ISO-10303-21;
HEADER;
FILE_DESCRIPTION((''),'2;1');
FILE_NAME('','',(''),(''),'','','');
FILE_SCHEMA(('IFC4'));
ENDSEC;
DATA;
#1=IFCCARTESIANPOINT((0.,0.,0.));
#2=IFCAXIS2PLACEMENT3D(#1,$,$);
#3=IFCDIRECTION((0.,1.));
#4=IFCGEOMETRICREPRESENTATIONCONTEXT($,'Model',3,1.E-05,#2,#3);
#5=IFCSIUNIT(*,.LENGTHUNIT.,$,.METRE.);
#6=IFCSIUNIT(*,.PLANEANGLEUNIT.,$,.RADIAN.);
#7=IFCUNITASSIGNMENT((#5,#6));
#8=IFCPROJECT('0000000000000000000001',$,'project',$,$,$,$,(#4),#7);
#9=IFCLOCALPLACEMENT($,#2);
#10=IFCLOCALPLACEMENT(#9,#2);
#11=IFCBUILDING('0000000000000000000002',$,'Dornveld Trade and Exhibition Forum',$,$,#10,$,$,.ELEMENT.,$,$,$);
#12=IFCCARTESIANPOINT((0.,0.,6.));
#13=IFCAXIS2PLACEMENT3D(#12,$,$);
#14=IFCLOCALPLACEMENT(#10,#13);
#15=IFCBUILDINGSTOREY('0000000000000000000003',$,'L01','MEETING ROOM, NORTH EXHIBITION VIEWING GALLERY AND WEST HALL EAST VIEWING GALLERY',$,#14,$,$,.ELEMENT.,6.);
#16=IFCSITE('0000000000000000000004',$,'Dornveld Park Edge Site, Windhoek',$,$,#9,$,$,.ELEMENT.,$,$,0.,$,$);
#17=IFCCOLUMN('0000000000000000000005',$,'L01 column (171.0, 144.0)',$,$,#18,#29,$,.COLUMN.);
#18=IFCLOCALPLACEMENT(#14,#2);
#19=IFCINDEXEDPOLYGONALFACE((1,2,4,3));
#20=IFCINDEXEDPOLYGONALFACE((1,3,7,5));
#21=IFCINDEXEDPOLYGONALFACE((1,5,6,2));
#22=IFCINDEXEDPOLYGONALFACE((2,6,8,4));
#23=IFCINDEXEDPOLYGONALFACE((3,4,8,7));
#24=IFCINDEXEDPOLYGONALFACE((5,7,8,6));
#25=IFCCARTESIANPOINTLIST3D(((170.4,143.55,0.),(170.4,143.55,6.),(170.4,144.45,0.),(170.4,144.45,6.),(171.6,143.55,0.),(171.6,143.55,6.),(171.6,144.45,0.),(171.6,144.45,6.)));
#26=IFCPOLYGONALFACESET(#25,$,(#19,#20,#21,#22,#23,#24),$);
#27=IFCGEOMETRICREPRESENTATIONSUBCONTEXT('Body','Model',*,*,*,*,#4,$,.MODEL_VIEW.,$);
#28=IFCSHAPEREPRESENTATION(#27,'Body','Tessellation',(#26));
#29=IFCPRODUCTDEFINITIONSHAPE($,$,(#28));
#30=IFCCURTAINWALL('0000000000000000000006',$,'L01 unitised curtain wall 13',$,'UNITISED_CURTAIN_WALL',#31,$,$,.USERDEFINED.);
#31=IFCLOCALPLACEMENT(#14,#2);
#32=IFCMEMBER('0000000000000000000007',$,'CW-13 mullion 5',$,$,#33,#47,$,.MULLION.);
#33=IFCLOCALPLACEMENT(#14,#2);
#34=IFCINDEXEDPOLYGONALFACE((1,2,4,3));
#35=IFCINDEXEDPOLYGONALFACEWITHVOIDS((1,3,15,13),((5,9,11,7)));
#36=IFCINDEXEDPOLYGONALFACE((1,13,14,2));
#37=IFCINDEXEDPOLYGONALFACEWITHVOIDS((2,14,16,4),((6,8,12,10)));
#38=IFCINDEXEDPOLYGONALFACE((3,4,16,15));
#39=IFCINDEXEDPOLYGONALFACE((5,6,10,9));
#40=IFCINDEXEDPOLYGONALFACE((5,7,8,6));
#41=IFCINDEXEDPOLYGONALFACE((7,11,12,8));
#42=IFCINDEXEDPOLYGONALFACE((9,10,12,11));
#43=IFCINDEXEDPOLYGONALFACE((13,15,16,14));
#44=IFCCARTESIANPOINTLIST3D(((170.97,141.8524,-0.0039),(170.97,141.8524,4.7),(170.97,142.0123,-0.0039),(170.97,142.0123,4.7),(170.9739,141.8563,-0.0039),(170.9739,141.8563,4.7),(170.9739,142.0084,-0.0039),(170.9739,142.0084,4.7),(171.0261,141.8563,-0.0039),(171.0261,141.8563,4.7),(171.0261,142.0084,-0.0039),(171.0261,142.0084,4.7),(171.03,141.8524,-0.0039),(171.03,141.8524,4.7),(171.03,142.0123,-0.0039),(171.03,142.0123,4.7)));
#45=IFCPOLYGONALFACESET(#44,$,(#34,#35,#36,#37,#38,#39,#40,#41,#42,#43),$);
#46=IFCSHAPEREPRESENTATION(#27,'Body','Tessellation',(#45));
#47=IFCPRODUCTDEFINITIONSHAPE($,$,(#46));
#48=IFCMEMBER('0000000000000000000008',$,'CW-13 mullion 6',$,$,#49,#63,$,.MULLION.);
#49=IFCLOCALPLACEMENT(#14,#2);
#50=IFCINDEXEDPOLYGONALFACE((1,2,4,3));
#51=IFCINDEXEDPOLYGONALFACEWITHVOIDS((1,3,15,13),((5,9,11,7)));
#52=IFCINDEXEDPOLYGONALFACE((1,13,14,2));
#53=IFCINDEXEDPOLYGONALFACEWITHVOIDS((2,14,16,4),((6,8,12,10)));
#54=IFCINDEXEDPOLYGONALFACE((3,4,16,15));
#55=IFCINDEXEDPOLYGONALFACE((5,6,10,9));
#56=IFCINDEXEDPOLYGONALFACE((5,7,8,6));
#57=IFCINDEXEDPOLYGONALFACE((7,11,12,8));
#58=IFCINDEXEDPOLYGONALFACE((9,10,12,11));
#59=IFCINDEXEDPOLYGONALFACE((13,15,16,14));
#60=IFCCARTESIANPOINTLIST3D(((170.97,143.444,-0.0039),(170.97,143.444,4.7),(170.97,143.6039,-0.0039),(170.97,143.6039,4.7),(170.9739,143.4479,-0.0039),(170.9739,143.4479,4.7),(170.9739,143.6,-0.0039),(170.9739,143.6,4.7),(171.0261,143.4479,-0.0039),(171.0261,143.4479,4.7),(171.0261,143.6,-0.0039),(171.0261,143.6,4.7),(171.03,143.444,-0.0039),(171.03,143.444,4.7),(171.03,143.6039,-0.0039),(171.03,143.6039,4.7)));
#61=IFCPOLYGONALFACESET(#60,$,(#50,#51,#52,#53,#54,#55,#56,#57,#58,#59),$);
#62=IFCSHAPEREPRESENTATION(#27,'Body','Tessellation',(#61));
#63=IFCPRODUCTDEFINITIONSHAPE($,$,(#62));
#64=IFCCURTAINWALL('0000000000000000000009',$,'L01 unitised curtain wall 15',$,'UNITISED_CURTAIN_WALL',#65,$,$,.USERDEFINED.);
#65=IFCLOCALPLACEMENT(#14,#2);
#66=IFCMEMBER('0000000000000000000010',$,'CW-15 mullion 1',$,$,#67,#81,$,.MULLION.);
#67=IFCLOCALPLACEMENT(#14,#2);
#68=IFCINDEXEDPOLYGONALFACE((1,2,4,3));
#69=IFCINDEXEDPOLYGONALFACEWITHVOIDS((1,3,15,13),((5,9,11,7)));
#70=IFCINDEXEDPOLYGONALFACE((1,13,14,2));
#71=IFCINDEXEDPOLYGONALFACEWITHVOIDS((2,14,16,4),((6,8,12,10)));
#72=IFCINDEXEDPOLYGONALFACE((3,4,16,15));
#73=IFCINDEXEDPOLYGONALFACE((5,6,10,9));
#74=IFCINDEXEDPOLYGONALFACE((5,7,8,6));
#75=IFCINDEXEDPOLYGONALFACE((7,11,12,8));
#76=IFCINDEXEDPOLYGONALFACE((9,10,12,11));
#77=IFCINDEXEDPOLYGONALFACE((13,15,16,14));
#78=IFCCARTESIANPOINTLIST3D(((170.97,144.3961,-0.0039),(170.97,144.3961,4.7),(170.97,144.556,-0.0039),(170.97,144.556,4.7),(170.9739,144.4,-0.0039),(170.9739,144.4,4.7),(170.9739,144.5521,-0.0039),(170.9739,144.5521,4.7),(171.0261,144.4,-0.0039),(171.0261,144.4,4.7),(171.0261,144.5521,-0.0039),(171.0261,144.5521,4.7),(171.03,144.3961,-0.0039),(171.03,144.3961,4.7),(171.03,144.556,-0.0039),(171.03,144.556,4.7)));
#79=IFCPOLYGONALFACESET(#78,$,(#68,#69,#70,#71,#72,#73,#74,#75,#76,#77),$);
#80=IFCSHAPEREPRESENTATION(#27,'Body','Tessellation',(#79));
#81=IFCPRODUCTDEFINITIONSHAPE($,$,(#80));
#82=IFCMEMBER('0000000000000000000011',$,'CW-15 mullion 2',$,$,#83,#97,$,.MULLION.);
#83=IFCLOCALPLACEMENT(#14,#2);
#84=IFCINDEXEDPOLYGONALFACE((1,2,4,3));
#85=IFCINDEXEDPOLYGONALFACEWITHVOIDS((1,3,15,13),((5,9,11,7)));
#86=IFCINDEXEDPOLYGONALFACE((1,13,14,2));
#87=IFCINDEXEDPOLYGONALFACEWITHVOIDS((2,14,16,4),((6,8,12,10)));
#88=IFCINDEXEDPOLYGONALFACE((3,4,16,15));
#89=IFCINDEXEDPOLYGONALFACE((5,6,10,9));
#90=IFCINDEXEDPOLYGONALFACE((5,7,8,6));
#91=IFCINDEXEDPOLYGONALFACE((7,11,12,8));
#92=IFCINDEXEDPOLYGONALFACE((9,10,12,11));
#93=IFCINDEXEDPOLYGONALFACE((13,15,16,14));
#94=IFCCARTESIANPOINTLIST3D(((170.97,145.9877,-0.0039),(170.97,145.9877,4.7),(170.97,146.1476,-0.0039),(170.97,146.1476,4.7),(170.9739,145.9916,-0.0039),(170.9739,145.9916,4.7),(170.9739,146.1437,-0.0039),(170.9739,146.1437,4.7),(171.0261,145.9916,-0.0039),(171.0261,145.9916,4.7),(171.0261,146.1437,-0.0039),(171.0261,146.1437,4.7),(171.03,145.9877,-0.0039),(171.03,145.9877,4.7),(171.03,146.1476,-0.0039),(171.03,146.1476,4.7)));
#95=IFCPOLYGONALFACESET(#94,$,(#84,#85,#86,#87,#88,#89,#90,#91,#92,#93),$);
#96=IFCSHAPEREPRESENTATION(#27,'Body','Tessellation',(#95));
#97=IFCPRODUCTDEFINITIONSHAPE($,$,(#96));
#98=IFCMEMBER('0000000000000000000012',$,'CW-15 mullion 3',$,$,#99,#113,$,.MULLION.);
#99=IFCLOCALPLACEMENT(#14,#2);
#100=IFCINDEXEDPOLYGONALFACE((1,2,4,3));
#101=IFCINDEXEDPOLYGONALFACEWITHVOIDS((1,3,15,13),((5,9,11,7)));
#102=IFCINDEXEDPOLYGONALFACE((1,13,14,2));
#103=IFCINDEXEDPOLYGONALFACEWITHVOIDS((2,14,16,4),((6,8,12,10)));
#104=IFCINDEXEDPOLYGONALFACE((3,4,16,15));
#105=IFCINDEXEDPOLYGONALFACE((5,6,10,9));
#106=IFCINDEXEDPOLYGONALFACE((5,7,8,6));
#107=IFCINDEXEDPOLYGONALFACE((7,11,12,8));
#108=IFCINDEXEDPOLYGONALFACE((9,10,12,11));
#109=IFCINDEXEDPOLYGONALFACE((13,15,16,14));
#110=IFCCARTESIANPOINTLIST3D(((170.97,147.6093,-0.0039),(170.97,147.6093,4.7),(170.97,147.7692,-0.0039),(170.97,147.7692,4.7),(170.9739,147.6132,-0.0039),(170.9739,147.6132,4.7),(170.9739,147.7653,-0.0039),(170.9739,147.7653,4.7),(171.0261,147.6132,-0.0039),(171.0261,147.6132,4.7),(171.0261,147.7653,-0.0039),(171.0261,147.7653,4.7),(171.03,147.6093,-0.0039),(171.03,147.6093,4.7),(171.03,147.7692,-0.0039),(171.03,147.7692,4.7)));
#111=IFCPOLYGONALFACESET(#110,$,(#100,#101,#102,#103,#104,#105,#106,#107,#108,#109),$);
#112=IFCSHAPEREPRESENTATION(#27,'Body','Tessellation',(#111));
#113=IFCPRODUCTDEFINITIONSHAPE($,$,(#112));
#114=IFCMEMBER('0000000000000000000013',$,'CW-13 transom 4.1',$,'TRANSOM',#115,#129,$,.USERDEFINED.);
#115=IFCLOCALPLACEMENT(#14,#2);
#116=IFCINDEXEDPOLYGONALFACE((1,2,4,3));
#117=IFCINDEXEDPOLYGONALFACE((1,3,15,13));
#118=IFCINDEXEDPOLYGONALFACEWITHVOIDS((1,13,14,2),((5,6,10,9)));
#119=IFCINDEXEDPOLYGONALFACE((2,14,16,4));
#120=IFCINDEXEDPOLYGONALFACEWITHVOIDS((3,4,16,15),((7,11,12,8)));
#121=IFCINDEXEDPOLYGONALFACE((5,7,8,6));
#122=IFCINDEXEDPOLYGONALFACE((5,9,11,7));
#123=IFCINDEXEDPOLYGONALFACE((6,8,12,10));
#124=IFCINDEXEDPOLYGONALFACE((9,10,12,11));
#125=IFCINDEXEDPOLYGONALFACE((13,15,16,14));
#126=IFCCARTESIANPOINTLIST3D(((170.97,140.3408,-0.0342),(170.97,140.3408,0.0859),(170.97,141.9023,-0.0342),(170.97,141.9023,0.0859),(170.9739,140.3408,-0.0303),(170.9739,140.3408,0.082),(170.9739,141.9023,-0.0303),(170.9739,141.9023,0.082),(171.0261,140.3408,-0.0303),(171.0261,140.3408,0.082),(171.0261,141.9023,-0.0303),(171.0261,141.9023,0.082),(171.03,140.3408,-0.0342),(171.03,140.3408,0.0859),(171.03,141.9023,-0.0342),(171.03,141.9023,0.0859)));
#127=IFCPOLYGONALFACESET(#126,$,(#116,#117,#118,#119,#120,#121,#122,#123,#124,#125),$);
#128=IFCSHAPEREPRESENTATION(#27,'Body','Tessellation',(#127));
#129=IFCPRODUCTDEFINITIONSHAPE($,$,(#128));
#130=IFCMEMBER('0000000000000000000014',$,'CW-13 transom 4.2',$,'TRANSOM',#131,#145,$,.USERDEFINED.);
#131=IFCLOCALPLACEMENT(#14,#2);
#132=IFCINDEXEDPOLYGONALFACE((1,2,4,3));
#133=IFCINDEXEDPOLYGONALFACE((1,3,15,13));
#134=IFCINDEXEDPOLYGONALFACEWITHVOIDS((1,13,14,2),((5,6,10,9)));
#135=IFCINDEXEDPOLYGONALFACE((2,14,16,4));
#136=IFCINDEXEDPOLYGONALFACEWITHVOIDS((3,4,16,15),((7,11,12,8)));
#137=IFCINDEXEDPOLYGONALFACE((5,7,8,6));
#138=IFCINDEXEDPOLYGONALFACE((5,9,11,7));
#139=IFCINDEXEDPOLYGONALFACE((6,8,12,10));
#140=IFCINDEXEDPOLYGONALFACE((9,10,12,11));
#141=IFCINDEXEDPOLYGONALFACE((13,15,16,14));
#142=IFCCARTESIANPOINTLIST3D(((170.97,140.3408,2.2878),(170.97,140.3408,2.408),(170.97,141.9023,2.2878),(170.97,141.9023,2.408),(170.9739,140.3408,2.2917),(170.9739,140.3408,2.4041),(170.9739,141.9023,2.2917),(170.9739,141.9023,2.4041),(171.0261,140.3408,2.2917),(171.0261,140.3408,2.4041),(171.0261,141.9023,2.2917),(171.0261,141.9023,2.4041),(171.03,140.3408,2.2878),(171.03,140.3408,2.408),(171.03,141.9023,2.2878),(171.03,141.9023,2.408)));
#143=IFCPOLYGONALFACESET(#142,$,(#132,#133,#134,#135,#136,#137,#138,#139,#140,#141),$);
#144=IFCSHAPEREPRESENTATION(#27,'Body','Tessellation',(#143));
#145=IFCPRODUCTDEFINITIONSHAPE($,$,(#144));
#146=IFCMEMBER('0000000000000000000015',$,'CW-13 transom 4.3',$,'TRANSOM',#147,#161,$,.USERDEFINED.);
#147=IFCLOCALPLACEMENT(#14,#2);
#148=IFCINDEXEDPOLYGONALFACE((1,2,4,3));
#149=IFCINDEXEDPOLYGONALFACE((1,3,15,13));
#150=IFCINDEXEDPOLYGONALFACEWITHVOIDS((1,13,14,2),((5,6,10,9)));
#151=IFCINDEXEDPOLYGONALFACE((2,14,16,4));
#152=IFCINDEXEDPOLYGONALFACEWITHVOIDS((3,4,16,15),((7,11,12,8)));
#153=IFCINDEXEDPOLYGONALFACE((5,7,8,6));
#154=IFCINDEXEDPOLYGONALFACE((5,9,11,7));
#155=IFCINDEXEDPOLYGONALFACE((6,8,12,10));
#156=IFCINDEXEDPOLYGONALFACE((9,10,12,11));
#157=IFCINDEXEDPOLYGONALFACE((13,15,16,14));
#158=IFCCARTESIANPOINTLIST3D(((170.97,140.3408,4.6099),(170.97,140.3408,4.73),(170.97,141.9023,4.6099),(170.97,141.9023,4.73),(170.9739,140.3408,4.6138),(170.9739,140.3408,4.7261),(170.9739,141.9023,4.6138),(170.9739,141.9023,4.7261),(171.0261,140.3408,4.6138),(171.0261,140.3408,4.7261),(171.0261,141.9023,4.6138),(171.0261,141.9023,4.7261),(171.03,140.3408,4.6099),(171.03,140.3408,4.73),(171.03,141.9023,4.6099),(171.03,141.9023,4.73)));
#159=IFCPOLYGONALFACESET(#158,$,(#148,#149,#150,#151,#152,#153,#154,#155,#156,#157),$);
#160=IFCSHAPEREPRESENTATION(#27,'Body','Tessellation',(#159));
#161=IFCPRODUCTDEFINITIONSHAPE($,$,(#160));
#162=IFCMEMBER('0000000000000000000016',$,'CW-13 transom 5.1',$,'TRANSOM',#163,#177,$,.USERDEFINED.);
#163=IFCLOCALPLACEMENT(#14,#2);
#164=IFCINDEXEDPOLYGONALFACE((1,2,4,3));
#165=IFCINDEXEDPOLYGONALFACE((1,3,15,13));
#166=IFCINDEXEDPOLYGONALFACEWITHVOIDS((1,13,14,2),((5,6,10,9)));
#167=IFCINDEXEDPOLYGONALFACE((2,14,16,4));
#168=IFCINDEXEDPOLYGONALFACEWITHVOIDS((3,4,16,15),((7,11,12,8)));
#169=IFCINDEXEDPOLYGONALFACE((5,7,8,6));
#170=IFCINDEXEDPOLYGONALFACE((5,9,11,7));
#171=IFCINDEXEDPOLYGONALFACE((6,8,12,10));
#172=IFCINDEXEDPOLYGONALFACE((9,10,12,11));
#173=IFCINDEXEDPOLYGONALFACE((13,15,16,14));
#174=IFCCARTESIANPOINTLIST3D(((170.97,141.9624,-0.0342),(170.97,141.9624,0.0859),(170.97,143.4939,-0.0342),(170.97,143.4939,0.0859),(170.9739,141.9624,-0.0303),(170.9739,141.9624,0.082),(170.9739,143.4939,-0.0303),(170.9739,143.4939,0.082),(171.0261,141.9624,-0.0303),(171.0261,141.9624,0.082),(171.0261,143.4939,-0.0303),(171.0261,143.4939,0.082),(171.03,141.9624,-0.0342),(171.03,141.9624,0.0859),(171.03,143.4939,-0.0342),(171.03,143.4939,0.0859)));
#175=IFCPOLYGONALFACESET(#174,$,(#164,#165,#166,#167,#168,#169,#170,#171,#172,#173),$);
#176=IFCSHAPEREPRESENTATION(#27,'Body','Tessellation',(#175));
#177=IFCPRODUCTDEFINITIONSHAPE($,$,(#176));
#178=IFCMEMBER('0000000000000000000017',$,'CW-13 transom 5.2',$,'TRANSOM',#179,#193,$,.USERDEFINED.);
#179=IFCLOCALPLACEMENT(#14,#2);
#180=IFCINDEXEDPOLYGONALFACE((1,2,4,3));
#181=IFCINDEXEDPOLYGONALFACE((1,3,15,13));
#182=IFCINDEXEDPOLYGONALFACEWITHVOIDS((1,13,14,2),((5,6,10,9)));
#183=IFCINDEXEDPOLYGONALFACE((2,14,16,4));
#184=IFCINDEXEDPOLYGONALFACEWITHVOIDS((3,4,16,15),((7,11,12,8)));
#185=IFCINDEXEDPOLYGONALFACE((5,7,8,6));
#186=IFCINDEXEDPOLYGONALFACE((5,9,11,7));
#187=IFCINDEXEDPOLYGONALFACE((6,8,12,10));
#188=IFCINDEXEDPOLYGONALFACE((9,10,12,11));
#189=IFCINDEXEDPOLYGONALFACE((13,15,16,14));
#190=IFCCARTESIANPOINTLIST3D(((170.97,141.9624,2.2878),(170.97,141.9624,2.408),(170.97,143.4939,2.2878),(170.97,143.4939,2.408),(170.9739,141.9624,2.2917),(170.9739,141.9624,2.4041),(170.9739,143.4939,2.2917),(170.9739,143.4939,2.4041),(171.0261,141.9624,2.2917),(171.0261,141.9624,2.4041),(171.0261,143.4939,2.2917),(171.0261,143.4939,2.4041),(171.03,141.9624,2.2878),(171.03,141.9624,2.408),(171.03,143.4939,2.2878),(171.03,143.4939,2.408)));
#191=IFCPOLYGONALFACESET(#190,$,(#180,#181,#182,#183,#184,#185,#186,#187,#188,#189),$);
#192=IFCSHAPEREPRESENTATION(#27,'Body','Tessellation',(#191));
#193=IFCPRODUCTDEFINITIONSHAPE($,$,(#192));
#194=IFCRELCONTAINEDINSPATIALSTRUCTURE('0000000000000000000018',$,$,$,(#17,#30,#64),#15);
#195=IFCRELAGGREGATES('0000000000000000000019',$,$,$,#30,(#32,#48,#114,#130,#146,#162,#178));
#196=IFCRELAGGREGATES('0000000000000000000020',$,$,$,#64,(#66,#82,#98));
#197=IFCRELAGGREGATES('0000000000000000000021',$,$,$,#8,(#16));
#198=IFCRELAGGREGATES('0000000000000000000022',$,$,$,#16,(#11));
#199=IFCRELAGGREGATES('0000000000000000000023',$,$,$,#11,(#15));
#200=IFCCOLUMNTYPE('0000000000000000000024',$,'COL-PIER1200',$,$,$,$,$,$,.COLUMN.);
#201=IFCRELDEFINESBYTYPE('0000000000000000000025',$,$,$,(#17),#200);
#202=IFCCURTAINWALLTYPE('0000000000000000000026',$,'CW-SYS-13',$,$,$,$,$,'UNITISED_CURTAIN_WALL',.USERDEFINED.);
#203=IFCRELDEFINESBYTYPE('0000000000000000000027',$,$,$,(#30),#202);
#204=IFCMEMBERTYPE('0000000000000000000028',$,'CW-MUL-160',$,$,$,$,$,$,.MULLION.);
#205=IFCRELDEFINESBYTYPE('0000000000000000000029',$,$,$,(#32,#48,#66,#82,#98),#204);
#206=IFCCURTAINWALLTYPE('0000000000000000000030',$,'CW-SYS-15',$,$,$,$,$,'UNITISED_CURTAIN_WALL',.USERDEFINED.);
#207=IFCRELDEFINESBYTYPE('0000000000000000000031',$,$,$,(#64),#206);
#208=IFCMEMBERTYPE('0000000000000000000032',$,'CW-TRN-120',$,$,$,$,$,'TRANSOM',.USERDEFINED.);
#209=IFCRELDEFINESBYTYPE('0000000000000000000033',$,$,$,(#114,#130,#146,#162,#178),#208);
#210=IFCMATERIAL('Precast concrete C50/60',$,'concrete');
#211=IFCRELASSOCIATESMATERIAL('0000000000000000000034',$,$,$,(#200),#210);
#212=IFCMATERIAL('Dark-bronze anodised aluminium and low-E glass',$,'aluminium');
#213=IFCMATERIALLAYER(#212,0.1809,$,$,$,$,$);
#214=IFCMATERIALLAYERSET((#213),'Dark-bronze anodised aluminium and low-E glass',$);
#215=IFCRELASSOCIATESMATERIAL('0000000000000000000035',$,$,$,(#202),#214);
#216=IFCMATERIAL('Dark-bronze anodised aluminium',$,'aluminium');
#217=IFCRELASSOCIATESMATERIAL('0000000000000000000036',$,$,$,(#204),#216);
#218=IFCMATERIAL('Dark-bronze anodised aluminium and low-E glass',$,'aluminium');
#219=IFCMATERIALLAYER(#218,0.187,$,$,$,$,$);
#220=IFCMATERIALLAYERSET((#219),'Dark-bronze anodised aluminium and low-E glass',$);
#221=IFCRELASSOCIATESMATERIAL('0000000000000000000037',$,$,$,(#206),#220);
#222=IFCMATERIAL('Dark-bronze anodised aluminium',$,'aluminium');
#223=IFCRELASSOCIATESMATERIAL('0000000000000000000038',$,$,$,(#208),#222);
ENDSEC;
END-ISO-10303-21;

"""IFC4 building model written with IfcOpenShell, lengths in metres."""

from ifc_helpers import new_model, si_unit, direction, frame, origin, origin_2d, place, context, subcontext, project, spatial, rectangle, hollow_rectangle, extrude, material, layer, layer_set, material_profile, profile_set, type_object, element, aggregate, save


model = new_model("IFC4")

# Units and contexts
model_context = context("Model", 3, precision=1e-05, world=origin(), true_north=direction((0.0, 1.0)))
body_context = subcontext(model_context, "Body", "Model", "MODEL_VIEW")
ifc_project = project(units=[si_unit("LENGTHUNIT", "METRE"), si_unit("PLANEANGLEUNIT", "RADIAN")], contexts=[model_context])

# Site, building, storey
site_placement = place(None, origin())
site = spatial("IfcSite", under=ifc_project, at=site_placement, Name="Dornveld Park Edge Site, Windhoek", CompositionType="ELEMENT", RefElevation=0.0)
building_placement = place(site_placement, origin())
building = spatial("IfcBuilding", under=site, at=building_placement, Name="Dornveld Trade and Exhibition Forum", CompositionType="ELEMENT")
storey_placement = place(building_placement, frame((0.0, 0.0, 6.0)))
storey = spatial("IfcBuildingStorey", under=building, at=storey_placement, Name="L01", Description="MEETING ROOM, NORTH EXHIBITION VIEWING GALLERY AND WEST HALL EAST VIEWING GALLERY", CompositionType="ELEMENT", Elevation=6.0)

# Column
ifc_material_1 = material(Name="Precast concrete C50/60", Category="concrete")
ifc_material_profile_1 = material_profile(ifc_material_1, rectangle(XDim=1.2, YDim=0.8999, at=origin_2d()), Name="PC-PIER 1200x900")
ifc_profile_set_1 = profile_set([ifc_material_profile_1], Name="Precast concrete C50/60")
column_type = type_object("IfcColumnType", Name="COL-PIER1200", PredefinedType="COLUMN", material=ifc_profile_set_1)
column_placement = place(storey_placement, frame((171.0, 144.0, 0.0), z_axis=(0.0, 0.0, 1.0), x_axis=(1.0, 0.0, 0.0)))
element("IfcColumn", 1, at=column_placement, inside=storey, type_object=column_type, Name="L01 column (171.0, 144.0)", PredefinedType="COLUMN", context=body_context, shape_type="SweptSolid", body=[
    extrude(rectangle(XDim=1.2, YDim=0.8999, at=origin_2d()), origin(), (0.0, 0.0, 1.0), 6.0),
])

# Curtain walls, members
ifc_material_2 = material(Name="Dark-bronze anodised aluminium and low-E glass", Category="aluminium")
ifc_layer_1 = layer(ifc_material_2, 0.1809)
ifc_layer_set_1 = layer_set([ifc_layer_1], Name="Dark-bronze anodised aluminium and low-E glass")
curtain_wall_type_1 = type_object("IfcCurtainWallType", Name="CW-SYS-13", ElementType="UNITISED_CURTAIN_WALL", PredefinedType="USERDEFINED", material=ifc_layer_set_1)
curtain_wall_1_placement = place(storey_placement, origin())
curtain_wall_1 = element("IfcCurtainWall", 2, at=curtain_wall_1_placement, inside=storey, type_object=curtain_wall_type_1, Name="L01 unitised curtain wall 13", ObjectType="UNITISED_CURTAIN_WALL", PredefinedType="USERDEFINED")
ifc_material_3 = material(Name="Dark-bronze anodised aluminium", Category="aluminium")
ifc_material_profile_2 = material_profile(ifc_material_3, hollow_rectangle(XDim=0.0601, YDim=0.1599, WallThickness=0.0039, at=origin_2d()), Name="RHS 160x60x4")
ifc_profile_set_2 = profile_set([ifc_material_profile_2], Name="Dark-bronze anodised aluminium")
member_type_1 = type_object("IfcMemberType", Name="CW-MUL-160", PredefinedType="MULLION", material=ifc_profile_set_2)
member_1_placement = place(storey_placement, frame((171.0, 141.9324, -0.0039), z_axis=(0.0, 0.0, 1.0), x_axis=(-1.0, 0.0, 0.0)))
member_1 = element("IfcMember", 3, at=member_1_placement, type_object=member_type_1, Name="CW-13 mullion 5", PredefinedType="MULLION", context=body_context, shape_type="SweptSolid", body=[
    extrude(hollow_rectangle(XDim=0.0601, YDim=0.1599, WallThickness=0.0039, at=origin_2d()), origin(), (0.0, 0.0, 1.0), 4.7039),
])
member_2_placement = place(storey_placement, frame((171.0, 143.5239, -0.0039), z_axis=(0.0, 0.0, 1.0), x_axis=(-1.0, 0.0, 0.0)))
member_2 = element("IfcMember", 4, at=member_2_placement, type_object=member_type_1, Name="CW-13 mullion 6", PredefinedType="MULLION", context=body_context, shape_type="SweptSolid", body=[
    extrude(hollow_rectangle(XDim=0.0601, YDim=0.1599, WallThickness=0.0039, at=origin_2d()), origin(), (0.0, 0.0, 1.0), 4.7039),
])
ifc_material_4 = material(Name="Dark-bronze anodised aluminium and low-E glass", Category="aluminium")
ifc_layer_2 = layer(ifc_material_4, 0.187)
ifc_layer_set_2 = layer_set([ifc_layer_2], Name="Dark-bronze anodised aluminium and low-E glass")
curtain_wall_type_2 = type_object("IfcCurtainWallType", Name="CW-SYS-15", ElementType="UNITISED_CURTAIN_WALL", PredefinedType="USERDEFINED", material=ifc_layer_set_2)
curtain_wall_2_placement = place(storey_placement, origin())
curtain_wall_2 = element("IfcCurtainWall", 5, at=curtain_wall_2_placement, inside=storey, type_object=curtain_wall_type_2, Name="L01 unitised curtain wall 15", ObjectType="UNITISED_CURTAIN_WALL", PredefinedType="USERDEFINED")
member_3_placement = place(storey_placement, frame((171.0, 144.4761, -0.0039), z_axis=(0.0, 0.0, 1.0), x_axis=(-1.0, 0.0, 0.0)))
member_3 = element("IfcMember", 6, at=member_3_placement, type_object=member_type_1, Name="CW-15 mullion 1", PredefinedType="MULLION", context=body_context, shape_type="SweptSolid", body=[
    extrude(hollow_rectangle(XDim=0.0601, YDim=0.1599, WallThickness=0.0039, at=origin_2d()), origin(), (0.0, 0.0, 1.0), 4.7039),
])
member_4_placement = place(storey_placement, frame((171.0, 146.0676, -0.0039), z_axis=(0.0, 0.0, 1.0), x_axis=(-1.0, 0.0, 0.0)))
member_4 = element("IfcMember", 7, at=member_4_placement, type_object=member_type_1, Name="CW-15 mullion 2", PredefinedType="MULLION", context=body_context, shape_type="SweptSolid", body=[
    extrude(hollow_rectangle(XDim=0.0601, YDim=0.1599, WallThickness=0.0039, at=origin_2d()), origin(), (0.0, 0.0, 1.0), 4.7039),
])
member_5_placement = place(storey_placement, frame((171.0, 147.6892, -0.0039), z_axis=(0.0, 0.0, 1.0), x_axis=(-1.0, 0.0, 0.0)))
member_5 = element("IfcMember", 8, at=member_5_placement, type_object=member_type_1, Name="CW-15 mullion 3", PredefinedType="MULLION", context=body_context, shape_type="SweptSolid", body=[
    extrude(hollow_rectangle(XDim=0.0601, YDim=0.1599, WallThickness=0.0039, at=origin_2d()), origin(), (0.0, 0.0, 1.0), 4.7039),
])

# Members
ifc_material_5 = material(Name="Dark-bronze anodised aluminium", Category="aluminium")
ifc_material_profile_3 = material_profile(ifc_material_5, hollow_rectangle(XDim=0.0601, YDim=0.1201, WallThickness=0.0039, at=origin_2d()), Name="RHS 120x60x4")
ifc_profile_set_3 = profile_set([ifc_material_profile_3], Name="Dark-bronze anodised aluminium")
member_type_2 = type_object("IfcMemberType", Name="CW-TRN-120", ElementType="TRANSOM", PredefinedType="USERDEFINED", material=ifc_profile_set_3)
member_6_placement = place(storey_placement, frame((171.0, 140.3408, 0.0259), z_axis=(0.0, 1.0, 0.0), x_axis=(-1.0, 0.0, 0.0)))
member_6 = element("IfcMember", 9, at=member_6_placement, type_object=member_type_2, Name="CW-13 transom 4.1", ObjectType="TRANSOM", PredefinedType="USERDEFINED", context=body_context, shape_type="SweptSolid", body=[
    extrude(hollow_rectangle(XDim=0.0601, YDim=0.1201, WallThickness=0.0039, at=origin_2d()), origin(), (0.0, 0.0, 1.0), 1.5615),
])
member_7_placement = place(storey_placement, frame((171.0, 140.3408, 2.3479), z_axis=(0.0, 1.0, 0.0), x_axis=(-1.0, 0.0, 0.0)))
member_7 = element("IfcMember", 10, at=member_7_placement, type_object=member_type_2, Name="CW-13 transom 4.2", ObjectType="TRANSOM", PredefinedType="USERDEFINED", context=body_context, shape_type="SweptSolid", body=[
    extrude(hollow_rectangle(XDim=0.0601, YDim=0.1201, WallThickness=0.0039, at=origin_2d()), origin(), (0.0, 0.0, 1.0), 1.5615),
])
member_8_placement = place(storey_placement, frame((171.0, 140.3408, 4.6699), z_axis=(0.0, 1.0, 0.0), x_axis=(-1.0, 0.0, 0.0)))
member_8 = element("IfcMember", 11, at=member_8_placement, type_object=member_type_2, Name="CW-13 transom 4.3", ObjectType="TRANSOM", PredefinedType="USERDEFINED", context=body_context, shape_type="SweptSolid", body=[
    extrude(hollow_rectangle(XDim=0.0601, YDim=0.1201, WallThickness=0.0039, at=origin_2d()), origin(), (0.0, 0.0, 1.0), 1.5615),
])
member_9_placement = place(storey_placement, frame((171.0, 141.9624, 0.0259), z_axis=(0.0, 1.0, 0.0), x_axis=(-1.0, 0.0, 0.0)))
member_9 = element("IfcMember", 12, at=member_9_placement, type_object=member_type_2, Name="CW-13 transom 5.1", ObjectType="TRANSOM", PredefinedType="USERDEFINED", context=body_context, shape_type="SweptSolid", body=[
    extrude(hollow_rectangle(XDim=0.0601, YDim=0.1201, WallThickness=0.0039, at=origin_2d()), origin(), (0.0, 0.0, 1.0), 1.5315),
])
member_10_placement = place(storey_placement, frame((171.0, 141.9624, 2.3479), z_axis=(0.0, 1.0, 0.0), x_axis=(-1.0, 0.0, 0.0)))
member_10 = element("IfcMember", 13, at=member_10_placement, type_object=member_type_2, Name="CW-13 transom 5.2", ObjectType="TRANSOM", PredefinedType="USERDEFINED", context=body_context, shape_type="SweptSolid", body=[
    extrude(hollow_rectangle(XDim=0.0601, YDim=0.1201, WallThickness=0.0039, at=origin_2d()), origin(), (0.0, 0.0, 1.0), 1.5315),
])

aggregate(curtain_wall_1, [member_1, member_2, member_6, member_7, member_8, member_9, member_10])
aggregate(curtain_wall_2, [member_3, member_4, member_5])

save(model, "model.ifc")
